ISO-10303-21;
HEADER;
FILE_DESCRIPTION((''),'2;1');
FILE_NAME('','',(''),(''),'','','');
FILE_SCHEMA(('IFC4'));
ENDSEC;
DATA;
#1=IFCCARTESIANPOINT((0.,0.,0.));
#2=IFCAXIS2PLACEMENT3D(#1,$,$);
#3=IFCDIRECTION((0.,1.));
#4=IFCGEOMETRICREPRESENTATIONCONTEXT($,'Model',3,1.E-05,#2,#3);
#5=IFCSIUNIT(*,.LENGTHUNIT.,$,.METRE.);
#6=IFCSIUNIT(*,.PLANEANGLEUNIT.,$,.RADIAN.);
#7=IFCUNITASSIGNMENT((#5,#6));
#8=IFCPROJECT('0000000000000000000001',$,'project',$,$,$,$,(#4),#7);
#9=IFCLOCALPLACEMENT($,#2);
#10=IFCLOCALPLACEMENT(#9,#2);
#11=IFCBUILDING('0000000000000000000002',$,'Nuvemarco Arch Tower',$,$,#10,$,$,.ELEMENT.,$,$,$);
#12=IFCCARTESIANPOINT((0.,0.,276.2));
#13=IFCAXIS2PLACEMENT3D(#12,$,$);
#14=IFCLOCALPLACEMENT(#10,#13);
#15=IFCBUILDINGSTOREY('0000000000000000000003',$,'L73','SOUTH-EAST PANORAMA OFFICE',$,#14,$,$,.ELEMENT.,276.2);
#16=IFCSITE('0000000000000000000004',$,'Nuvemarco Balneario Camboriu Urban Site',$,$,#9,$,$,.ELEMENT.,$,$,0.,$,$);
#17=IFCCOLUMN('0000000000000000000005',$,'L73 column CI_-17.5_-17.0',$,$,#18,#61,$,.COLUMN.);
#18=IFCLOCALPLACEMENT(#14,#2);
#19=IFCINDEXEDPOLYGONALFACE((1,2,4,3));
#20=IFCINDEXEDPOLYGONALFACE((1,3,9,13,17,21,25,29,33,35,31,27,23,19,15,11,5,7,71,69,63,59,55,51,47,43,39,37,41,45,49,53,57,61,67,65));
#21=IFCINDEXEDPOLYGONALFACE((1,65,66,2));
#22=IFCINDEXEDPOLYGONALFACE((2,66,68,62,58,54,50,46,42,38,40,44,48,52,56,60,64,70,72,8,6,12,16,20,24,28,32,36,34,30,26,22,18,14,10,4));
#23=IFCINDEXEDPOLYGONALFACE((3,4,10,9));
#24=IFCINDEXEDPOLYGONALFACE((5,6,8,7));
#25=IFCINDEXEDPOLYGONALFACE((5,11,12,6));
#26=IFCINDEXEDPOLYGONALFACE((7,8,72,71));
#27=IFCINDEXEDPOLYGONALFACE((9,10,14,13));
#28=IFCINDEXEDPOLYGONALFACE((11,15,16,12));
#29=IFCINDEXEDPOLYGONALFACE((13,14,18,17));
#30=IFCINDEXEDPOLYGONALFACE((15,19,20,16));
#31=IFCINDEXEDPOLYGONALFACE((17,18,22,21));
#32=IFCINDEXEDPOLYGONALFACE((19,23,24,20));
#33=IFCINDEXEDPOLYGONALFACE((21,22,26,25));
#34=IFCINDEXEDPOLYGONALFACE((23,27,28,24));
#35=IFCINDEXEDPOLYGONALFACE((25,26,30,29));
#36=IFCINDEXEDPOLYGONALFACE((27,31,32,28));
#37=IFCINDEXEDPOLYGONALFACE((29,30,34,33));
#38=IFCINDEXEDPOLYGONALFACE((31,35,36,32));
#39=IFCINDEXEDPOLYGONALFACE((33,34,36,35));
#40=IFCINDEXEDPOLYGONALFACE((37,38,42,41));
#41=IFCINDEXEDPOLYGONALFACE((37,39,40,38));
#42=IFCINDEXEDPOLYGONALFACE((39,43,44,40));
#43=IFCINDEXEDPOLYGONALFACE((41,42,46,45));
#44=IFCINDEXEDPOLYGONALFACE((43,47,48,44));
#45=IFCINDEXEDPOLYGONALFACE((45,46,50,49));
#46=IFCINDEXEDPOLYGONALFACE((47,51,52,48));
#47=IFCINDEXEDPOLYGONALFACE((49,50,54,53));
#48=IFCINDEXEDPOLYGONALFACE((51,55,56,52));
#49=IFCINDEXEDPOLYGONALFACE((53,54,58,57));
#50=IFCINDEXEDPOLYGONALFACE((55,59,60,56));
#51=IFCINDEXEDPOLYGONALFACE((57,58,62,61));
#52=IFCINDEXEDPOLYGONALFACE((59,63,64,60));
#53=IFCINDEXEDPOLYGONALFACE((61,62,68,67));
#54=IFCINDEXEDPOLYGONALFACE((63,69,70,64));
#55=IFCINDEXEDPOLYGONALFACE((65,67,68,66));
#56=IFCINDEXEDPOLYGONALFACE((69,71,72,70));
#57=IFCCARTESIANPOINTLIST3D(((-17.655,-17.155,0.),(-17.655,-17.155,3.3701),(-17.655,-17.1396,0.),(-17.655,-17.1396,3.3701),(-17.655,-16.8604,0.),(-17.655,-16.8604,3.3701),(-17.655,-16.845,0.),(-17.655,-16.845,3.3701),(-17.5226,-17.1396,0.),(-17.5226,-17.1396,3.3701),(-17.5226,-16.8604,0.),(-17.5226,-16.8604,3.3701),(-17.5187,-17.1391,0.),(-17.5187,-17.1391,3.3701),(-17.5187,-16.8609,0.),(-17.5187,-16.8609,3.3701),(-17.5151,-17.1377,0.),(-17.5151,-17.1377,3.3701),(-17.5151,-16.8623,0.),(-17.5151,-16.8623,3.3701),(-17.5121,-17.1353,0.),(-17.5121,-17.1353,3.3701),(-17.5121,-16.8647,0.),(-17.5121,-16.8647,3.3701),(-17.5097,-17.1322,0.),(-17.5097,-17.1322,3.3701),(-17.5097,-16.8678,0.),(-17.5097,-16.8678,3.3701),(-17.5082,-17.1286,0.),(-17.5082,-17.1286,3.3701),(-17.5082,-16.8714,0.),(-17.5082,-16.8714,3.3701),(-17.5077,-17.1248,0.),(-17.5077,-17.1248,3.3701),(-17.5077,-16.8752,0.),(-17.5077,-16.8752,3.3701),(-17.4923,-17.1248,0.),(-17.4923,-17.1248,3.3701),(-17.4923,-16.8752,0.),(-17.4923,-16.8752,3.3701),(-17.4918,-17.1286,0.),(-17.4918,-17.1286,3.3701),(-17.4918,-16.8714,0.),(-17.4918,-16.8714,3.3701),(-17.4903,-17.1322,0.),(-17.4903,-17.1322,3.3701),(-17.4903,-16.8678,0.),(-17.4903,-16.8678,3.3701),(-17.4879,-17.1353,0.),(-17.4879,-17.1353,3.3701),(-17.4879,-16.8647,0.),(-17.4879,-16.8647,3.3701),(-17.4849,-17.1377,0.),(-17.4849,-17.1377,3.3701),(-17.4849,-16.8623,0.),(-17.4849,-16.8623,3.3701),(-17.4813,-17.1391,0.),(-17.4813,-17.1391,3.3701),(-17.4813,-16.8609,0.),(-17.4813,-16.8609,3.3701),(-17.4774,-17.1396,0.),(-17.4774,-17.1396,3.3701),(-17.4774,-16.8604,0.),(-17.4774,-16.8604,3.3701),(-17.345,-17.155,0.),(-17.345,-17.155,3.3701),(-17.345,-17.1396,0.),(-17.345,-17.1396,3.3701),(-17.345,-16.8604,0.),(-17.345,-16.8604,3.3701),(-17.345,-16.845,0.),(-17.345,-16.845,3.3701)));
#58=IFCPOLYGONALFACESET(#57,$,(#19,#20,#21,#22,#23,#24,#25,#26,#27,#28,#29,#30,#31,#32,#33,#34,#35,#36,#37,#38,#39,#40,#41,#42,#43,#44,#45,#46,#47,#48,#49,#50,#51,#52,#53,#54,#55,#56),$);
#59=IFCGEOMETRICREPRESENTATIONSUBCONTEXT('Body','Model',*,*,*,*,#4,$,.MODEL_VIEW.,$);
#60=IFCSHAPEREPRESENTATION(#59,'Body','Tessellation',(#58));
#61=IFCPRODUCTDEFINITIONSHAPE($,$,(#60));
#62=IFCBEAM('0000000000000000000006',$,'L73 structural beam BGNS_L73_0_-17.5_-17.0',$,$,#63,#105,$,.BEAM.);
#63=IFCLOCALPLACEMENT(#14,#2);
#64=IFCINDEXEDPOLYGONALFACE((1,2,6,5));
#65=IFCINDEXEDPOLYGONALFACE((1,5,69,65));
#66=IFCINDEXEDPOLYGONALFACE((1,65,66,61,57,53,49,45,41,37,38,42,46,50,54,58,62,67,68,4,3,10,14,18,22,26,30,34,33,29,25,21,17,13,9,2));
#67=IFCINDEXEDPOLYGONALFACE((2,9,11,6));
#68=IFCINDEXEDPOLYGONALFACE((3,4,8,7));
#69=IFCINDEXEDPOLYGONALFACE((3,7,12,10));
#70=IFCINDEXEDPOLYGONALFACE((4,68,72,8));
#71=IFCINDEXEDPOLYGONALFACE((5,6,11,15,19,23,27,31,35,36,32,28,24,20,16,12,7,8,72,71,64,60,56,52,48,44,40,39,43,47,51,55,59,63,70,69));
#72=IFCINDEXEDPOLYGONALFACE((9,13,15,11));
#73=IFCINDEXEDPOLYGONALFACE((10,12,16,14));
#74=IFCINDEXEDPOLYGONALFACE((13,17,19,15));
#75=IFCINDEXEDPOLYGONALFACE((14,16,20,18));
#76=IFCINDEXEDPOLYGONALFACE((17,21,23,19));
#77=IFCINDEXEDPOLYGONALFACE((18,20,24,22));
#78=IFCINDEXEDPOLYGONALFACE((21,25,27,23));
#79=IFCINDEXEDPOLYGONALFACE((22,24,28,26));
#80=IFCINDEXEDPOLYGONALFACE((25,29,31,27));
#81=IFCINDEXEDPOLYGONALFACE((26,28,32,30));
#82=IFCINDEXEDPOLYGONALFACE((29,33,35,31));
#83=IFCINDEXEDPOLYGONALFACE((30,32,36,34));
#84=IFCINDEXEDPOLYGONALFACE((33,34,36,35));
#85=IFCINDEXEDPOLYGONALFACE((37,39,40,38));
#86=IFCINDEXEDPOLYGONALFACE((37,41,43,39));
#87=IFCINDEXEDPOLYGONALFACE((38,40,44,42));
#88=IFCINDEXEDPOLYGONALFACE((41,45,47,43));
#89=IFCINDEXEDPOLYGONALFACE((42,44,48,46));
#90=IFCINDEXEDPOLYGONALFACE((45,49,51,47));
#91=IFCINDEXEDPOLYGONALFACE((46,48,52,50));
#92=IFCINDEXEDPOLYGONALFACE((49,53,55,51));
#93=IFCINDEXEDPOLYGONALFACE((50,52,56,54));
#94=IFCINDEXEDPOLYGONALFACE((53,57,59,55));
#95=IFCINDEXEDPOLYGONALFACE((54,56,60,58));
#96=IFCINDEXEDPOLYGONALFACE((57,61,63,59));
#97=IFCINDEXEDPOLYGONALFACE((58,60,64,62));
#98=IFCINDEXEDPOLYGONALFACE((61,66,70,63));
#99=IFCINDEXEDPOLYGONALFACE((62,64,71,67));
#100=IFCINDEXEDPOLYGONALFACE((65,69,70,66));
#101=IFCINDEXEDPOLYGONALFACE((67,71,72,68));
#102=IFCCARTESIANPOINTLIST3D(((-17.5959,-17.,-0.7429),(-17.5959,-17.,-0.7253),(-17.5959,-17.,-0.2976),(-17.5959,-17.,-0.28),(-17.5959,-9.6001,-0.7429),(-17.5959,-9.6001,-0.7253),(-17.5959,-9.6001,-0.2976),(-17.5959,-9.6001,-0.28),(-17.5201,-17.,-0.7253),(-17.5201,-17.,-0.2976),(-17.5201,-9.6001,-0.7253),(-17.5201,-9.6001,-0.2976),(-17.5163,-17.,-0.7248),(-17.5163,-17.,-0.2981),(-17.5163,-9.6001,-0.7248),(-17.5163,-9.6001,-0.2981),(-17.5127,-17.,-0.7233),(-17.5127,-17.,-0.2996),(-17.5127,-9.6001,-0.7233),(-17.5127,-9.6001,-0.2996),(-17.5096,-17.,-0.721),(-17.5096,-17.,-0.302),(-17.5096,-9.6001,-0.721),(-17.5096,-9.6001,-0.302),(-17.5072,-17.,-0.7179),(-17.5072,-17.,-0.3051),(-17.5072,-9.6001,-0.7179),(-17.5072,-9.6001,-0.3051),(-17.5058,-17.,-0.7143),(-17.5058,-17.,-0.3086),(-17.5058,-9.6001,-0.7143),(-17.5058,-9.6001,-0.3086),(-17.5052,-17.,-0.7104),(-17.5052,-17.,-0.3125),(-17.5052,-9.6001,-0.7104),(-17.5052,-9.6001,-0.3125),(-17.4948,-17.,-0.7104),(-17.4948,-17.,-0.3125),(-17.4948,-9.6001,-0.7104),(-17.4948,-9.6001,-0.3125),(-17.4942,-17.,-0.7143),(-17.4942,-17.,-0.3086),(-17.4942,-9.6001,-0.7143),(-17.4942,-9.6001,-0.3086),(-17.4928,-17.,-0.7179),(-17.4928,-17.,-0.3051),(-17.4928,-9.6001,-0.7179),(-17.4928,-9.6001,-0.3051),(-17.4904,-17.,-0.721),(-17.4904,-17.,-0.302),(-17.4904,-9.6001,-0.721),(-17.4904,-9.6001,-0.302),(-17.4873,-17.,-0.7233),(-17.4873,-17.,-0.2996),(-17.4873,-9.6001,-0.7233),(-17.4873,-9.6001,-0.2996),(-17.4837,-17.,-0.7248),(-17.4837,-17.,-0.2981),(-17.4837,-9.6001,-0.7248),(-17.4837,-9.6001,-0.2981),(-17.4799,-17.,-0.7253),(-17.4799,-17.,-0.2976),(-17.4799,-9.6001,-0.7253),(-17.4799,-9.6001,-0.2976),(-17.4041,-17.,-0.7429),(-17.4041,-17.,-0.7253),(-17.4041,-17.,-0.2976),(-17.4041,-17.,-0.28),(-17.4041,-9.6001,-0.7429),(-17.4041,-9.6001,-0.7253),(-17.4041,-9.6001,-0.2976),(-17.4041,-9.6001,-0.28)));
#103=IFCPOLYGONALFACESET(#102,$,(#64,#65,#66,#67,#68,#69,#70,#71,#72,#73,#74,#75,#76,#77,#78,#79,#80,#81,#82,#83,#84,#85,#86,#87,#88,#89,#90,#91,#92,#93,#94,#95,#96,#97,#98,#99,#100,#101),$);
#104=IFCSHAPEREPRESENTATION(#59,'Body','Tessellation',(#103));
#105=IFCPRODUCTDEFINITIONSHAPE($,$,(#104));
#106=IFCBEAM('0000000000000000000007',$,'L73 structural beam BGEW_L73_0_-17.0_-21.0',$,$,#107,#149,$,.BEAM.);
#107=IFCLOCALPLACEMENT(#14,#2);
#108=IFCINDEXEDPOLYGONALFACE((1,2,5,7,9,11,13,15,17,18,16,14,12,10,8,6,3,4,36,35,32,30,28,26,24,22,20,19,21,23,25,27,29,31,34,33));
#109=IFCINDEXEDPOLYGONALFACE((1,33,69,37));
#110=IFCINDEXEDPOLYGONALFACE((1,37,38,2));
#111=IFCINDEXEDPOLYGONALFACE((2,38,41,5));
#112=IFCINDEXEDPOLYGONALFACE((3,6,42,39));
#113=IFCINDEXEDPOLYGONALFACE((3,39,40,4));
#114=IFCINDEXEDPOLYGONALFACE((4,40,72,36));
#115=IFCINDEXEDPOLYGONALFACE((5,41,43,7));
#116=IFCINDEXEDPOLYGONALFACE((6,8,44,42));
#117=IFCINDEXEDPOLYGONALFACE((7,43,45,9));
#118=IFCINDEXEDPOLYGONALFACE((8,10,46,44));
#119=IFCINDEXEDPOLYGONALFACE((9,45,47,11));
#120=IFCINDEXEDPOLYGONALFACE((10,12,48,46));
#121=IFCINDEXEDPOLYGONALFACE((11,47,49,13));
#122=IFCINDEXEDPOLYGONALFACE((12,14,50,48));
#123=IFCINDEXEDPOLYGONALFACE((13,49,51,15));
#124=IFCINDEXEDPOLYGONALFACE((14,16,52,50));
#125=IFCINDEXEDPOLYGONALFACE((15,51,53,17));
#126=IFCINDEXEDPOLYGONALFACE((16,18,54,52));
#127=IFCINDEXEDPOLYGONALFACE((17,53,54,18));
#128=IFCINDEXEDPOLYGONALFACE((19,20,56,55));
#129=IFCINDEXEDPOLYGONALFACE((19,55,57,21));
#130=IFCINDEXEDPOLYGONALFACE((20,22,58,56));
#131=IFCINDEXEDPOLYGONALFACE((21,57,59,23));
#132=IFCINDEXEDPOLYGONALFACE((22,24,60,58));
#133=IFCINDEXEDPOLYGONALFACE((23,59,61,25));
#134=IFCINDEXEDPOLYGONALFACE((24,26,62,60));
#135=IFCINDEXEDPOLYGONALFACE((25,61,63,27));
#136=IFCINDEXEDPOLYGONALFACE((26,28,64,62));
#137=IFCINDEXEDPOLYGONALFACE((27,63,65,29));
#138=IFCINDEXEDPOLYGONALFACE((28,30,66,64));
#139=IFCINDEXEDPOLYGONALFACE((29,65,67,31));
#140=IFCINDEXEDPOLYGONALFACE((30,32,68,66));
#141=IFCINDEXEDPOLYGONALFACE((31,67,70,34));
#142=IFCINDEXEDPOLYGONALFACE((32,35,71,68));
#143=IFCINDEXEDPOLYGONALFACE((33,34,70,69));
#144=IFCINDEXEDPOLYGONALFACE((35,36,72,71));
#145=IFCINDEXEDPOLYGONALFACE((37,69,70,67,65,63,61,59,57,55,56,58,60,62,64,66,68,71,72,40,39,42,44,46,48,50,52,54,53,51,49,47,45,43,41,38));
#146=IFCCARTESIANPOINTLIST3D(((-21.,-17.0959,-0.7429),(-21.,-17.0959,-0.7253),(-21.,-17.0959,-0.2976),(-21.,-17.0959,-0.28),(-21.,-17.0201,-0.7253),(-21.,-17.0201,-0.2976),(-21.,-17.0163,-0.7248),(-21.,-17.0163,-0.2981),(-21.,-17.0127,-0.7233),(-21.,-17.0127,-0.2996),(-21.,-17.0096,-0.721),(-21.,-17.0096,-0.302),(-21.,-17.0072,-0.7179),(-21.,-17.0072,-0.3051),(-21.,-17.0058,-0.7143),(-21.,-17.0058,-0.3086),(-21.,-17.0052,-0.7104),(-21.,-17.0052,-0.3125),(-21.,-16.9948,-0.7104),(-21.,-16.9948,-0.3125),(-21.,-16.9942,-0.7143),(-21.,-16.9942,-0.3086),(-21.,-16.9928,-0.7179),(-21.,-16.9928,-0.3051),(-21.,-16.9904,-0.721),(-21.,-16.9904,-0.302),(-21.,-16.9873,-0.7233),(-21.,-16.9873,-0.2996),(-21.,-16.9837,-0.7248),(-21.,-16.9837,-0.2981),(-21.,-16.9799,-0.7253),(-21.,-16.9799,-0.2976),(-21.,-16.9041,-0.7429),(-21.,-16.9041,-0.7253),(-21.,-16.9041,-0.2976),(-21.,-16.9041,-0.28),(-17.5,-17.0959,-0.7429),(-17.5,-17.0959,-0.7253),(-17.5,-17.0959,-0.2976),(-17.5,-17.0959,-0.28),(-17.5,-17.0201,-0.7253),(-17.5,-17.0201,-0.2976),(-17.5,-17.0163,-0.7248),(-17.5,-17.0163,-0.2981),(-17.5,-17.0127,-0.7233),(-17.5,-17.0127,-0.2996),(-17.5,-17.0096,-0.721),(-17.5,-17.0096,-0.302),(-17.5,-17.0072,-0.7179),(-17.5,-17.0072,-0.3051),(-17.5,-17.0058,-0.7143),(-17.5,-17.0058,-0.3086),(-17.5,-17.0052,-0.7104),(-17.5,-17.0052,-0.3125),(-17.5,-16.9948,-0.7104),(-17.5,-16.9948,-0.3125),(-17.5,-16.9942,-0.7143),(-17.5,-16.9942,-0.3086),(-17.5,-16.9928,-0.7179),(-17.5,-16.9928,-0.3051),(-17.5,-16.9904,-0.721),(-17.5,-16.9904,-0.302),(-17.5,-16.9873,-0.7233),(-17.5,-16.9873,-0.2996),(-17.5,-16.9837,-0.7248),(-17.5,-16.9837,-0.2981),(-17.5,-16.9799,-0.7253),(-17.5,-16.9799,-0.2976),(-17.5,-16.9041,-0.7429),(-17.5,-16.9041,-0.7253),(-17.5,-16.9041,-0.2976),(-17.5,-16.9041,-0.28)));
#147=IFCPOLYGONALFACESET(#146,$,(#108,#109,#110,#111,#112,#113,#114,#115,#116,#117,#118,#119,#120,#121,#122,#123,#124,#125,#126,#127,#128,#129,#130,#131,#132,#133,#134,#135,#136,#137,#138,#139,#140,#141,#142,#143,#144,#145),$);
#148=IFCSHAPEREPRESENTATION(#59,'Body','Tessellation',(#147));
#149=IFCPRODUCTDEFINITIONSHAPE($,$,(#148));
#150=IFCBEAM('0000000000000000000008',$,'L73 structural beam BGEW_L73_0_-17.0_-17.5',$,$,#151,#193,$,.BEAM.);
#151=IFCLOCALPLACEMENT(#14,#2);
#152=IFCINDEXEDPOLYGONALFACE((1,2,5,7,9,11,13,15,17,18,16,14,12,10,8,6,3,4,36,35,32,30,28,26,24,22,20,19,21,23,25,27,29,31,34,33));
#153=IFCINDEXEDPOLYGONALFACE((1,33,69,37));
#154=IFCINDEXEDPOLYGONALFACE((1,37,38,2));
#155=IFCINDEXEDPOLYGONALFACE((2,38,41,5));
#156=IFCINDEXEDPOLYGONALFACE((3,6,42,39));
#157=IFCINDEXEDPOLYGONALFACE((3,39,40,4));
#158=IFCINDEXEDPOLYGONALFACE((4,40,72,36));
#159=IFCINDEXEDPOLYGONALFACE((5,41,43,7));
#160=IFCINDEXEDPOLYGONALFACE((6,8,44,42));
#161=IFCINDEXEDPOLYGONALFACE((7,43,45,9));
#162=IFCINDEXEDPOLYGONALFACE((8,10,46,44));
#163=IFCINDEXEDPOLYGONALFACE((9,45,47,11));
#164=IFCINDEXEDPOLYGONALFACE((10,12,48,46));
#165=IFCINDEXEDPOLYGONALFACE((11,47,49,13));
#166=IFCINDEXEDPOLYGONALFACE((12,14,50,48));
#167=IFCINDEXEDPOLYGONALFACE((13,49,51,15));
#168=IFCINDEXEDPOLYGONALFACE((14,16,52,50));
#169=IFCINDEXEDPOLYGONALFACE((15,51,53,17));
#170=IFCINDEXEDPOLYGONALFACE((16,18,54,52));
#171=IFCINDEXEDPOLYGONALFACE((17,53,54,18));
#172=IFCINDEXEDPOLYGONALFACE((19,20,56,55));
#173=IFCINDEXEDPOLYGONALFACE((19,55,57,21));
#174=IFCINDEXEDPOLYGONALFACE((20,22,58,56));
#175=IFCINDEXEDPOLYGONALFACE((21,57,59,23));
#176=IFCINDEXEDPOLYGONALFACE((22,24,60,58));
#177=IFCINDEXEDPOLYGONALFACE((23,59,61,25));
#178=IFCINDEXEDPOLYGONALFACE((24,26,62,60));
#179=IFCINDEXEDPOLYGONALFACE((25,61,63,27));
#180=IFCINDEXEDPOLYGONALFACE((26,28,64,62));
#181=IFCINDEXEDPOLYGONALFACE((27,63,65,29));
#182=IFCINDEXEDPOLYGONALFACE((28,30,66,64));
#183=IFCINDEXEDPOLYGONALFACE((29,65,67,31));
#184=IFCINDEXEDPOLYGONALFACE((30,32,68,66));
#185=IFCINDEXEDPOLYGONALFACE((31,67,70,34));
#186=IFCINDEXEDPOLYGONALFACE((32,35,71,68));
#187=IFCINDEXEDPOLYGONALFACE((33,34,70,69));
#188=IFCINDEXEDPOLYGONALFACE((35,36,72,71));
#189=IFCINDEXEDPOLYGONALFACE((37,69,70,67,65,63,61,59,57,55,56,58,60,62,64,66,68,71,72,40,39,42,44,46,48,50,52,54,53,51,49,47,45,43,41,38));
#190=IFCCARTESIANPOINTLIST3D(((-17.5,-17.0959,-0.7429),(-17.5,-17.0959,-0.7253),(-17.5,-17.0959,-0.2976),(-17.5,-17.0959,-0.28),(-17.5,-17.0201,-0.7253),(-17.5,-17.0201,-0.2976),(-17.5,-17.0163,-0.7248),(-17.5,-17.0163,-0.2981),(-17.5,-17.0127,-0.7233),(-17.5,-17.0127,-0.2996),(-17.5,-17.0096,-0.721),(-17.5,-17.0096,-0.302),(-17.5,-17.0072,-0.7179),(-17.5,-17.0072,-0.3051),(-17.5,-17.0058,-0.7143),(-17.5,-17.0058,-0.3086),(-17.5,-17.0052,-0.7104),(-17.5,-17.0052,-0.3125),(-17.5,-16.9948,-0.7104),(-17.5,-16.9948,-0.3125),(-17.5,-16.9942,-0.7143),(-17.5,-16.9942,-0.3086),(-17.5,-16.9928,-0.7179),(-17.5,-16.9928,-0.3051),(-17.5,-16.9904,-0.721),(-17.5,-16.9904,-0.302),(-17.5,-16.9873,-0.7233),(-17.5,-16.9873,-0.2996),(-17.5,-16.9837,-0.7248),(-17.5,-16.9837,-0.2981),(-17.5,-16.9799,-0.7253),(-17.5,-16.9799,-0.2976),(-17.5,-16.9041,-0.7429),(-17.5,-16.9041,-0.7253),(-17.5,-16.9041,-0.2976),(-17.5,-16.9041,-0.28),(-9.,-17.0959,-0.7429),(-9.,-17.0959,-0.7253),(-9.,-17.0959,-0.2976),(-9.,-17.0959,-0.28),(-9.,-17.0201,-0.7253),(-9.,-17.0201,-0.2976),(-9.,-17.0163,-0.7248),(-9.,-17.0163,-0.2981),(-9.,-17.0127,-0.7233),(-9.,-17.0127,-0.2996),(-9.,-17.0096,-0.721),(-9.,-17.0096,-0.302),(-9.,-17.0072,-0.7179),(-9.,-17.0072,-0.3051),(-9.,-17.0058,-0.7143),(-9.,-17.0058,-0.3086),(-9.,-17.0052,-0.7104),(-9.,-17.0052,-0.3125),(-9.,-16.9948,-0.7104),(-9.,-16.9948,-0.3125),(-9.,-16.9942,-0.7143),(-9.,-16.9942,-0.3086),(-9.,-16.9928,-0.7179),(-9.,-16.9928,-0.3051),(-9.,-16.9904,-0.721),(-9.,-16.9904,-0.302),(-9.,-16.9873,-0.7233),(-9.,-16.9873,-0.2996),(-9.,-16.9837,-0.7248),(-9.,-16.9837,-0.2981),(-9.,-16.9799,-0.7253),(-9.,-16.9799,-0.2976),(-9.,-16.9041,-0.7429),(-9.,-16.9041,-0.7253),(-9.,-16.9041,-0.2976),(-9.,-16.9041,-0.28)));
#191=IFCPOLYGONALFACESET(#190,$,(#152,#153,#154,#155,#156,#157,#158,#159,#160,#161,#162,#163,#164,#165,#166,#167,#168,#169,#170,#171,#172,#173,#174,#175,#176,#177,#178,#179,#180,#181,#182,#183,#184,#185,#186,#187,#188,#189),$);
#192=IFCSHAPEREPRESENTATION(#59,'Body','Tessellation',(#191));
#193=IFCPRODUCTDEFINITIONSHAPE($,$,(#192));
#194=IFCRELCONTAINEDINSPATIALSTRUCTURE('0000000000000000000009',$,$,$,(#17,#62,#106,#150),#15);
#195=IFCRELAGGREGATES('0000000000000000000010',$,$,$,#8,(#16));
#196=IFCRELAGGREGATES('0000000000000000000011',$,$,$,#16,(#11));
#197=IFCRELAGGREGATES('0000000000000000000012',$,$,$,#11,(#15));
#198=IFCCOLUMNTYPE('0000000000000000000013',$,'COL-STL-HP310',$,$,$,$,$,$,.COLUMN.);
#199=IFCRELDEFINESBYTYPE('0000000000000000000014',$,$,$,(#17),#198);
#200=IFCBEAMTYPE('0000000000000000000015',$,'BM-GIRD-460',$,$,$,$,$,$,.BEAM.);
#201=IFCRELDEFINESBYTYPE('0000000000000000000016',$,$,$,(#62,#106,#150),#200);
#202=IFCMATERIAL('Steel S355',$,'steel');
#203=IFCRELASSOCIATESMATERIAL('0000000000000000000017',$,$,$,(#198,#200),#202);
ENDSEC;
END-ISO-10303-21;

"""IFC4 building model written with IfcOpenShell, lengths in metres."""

from ifc_helpers import new_model, si_unit, direction, frame, origin, origin_2d, place, context, subcontext, project, spatial, i_section, extrude, material, material_profile, profile_set, type_object, element, save


model = new_model("IFC4")

# Units and contexts
model_context = context("Model", 3, precision=1e-05, world=origin(), true_north=direction((0.0, 1.0)))
body_context = subcontext(model_context, "Body", "Model", "MODEL_VIEW")
ifc_project = project(units=[si_unit("LENGTHUNIT", "METRE"), si_unit("PLANEANGLEUNIT", "RADIAN")], contexts=[model_context])

# Site, building, storey
site_placement = place(None, origin())
site = spatial("IfcSite", under=ifc_project, at=site_placement, Name="Nuvemarco Balneario Camboriu Urban Site", CompositionType="ELEMENT", RefElevation=0.0)
building_placement = place(site_placement, origin())
building = spatial("IfcBuilding", under=site, at=building_placement, Name="Nuvemarco Arch Tower", CompositionType="ELEMENT")
storey_placement = place(building_placement, frame((0.0, 0.0, 276.2)))
storey = spatial("IfcBuildingStorey", under=building, at=storey_placement, Name="L73", Description="SOUTH-EAST PANORAMA OFFICE", CompositionType="ELEMENT", Elevation=276.2)

# Column
ifc_material_1 = material(Name="Steel S355", Category="steel")
ifc_material_profile_1 = material_profile(ifc_material_1, i_section(OverallWidth=0.3101, OverallDepth=0.3101, WebThickness=0.0154, FlangeThickness=0.0154, FilletRadius=0.0149, at=origin_2d()), Name="HP310x110")
ifc_profile_set_1 = profile_set([ifc_material_profile_1], Name="Steel S355")
column_type = type_object("IfcColumnType", Name="COL-STL-HP310", PredefinedType="COLUMN", material=ifc_profile_set_1)
column_placement = place(storey_placement, frame((-17.5, -17.0, 0.0), z_axis=(0.0, 0.0, 1.0), x_axis=(1.0, 0.0, 0.0)))
element("IfcColumn", 1, at=column_placement, inside=storey, type_object=column_type, Name="L73 column CI_-17.5_-17.0", PredefinedType="COLUMN", context=body_context, shape_type="SweptSolid", body=[
    extrude(i_section(OverallWidth=0.3101, OverallDepth=0.3101, WebThickness=0.0154, FlangeThickness=0.0154, FilletRadius=0.0149, at=origin_2d()), origin(), (0.0, 0.0, 1.0), 3.3701),
])

# Beams
ifc_material_profile_2 = material_profile(ifc_material_1, i_section(OverallWidth=0.1919, OverallDepth=0.4629, WebThickness=0.0105, FlangeThickness=0.0176, FilletRadius=0.0149, at=origin_2d()), Name="W460x89")
ifc_profile_set_2 = profile_set([ifc_material_profile_2], Name="Steel S355")
beam_type_1 = type_object("IfcBeamType", Name="BM-GIRD-460", PredefinedType="BEAM", material=ifc_profile_set_2)
beam_1_placement = place(storey_placement, frame((-17.5, -17.0, -0.5115), z_axis=(0.0, 1.0, 0.0), x_axis=(-1.0, 0.0, 0.0)))
element("IfcBeam", 2, at=beam_1_placement, inside=storey, type_object=beam_type_1, Name="L73 structural beam BGNS_L73_0_-17.5_-17.0", PredefinedType="BEAM", context=body_context, shape_type="SweptSolid", body=[
    extrude(i_section(OverallWidth=0.1919, OverallDepth=0.4629, WebThickness=0.0105, FlangeThickness=0.0176, FilletRadius=0.0149, at=origin_2d()), origin(), (0.0, 0.0, 1.0), 7.3999),
])
beam_2_placement = place(storey_placement, frame((-21.0, -17.0, -0.5115), z_axis=(1.0, 0.0, 0.0), x_axis=(0.0, 1.0, 0.0)))
element("IfcBeam", 3, at=beam_2_placement, inside=storey, type_object=beam_type_1, Name="L73 structural beam BGEW_L73_0_-17.0_-21.0", PredefinedType="BEAM", context=body_context, shape_type="SweptSolid", body=[
    extrude(i_section(OverallWidth=0.1919, OverallDepth=0.4629, WebThickness=0.0105, FlangeThickness=0.0176, FilletRadius=0.0149, at=origin_2d()), origin(), (0.0, 0.0, 1.0), 3.5),
])
beam_3_placement = place(storey_placement, frame((-17.5, -17.0, -0.5115), z_axis=(1.0, 0.0, 0.0), x_axis=(0.0, 1.0, 0.0)))
element("IfcBeam", 4, at=beam_3_placement, inside=storey, type_object=beam_type_1, Name="L73 structural beam BGEW_L73_0_-17.0_-17.5", PredefinedType="BEAM", context=body_context, shape_type="SweptSolid", body=[
    extrude(i_section(OverallWidth=0.1919, OverallDepth=0.4629, WebThickness=0.0105, FlangeThickness=0.0176, FilletRadius=0.0149, at=origin_2d()), origin(), (0.0, 0.0, 1.0), 8.5),
])

save(model, "model.ifc")
